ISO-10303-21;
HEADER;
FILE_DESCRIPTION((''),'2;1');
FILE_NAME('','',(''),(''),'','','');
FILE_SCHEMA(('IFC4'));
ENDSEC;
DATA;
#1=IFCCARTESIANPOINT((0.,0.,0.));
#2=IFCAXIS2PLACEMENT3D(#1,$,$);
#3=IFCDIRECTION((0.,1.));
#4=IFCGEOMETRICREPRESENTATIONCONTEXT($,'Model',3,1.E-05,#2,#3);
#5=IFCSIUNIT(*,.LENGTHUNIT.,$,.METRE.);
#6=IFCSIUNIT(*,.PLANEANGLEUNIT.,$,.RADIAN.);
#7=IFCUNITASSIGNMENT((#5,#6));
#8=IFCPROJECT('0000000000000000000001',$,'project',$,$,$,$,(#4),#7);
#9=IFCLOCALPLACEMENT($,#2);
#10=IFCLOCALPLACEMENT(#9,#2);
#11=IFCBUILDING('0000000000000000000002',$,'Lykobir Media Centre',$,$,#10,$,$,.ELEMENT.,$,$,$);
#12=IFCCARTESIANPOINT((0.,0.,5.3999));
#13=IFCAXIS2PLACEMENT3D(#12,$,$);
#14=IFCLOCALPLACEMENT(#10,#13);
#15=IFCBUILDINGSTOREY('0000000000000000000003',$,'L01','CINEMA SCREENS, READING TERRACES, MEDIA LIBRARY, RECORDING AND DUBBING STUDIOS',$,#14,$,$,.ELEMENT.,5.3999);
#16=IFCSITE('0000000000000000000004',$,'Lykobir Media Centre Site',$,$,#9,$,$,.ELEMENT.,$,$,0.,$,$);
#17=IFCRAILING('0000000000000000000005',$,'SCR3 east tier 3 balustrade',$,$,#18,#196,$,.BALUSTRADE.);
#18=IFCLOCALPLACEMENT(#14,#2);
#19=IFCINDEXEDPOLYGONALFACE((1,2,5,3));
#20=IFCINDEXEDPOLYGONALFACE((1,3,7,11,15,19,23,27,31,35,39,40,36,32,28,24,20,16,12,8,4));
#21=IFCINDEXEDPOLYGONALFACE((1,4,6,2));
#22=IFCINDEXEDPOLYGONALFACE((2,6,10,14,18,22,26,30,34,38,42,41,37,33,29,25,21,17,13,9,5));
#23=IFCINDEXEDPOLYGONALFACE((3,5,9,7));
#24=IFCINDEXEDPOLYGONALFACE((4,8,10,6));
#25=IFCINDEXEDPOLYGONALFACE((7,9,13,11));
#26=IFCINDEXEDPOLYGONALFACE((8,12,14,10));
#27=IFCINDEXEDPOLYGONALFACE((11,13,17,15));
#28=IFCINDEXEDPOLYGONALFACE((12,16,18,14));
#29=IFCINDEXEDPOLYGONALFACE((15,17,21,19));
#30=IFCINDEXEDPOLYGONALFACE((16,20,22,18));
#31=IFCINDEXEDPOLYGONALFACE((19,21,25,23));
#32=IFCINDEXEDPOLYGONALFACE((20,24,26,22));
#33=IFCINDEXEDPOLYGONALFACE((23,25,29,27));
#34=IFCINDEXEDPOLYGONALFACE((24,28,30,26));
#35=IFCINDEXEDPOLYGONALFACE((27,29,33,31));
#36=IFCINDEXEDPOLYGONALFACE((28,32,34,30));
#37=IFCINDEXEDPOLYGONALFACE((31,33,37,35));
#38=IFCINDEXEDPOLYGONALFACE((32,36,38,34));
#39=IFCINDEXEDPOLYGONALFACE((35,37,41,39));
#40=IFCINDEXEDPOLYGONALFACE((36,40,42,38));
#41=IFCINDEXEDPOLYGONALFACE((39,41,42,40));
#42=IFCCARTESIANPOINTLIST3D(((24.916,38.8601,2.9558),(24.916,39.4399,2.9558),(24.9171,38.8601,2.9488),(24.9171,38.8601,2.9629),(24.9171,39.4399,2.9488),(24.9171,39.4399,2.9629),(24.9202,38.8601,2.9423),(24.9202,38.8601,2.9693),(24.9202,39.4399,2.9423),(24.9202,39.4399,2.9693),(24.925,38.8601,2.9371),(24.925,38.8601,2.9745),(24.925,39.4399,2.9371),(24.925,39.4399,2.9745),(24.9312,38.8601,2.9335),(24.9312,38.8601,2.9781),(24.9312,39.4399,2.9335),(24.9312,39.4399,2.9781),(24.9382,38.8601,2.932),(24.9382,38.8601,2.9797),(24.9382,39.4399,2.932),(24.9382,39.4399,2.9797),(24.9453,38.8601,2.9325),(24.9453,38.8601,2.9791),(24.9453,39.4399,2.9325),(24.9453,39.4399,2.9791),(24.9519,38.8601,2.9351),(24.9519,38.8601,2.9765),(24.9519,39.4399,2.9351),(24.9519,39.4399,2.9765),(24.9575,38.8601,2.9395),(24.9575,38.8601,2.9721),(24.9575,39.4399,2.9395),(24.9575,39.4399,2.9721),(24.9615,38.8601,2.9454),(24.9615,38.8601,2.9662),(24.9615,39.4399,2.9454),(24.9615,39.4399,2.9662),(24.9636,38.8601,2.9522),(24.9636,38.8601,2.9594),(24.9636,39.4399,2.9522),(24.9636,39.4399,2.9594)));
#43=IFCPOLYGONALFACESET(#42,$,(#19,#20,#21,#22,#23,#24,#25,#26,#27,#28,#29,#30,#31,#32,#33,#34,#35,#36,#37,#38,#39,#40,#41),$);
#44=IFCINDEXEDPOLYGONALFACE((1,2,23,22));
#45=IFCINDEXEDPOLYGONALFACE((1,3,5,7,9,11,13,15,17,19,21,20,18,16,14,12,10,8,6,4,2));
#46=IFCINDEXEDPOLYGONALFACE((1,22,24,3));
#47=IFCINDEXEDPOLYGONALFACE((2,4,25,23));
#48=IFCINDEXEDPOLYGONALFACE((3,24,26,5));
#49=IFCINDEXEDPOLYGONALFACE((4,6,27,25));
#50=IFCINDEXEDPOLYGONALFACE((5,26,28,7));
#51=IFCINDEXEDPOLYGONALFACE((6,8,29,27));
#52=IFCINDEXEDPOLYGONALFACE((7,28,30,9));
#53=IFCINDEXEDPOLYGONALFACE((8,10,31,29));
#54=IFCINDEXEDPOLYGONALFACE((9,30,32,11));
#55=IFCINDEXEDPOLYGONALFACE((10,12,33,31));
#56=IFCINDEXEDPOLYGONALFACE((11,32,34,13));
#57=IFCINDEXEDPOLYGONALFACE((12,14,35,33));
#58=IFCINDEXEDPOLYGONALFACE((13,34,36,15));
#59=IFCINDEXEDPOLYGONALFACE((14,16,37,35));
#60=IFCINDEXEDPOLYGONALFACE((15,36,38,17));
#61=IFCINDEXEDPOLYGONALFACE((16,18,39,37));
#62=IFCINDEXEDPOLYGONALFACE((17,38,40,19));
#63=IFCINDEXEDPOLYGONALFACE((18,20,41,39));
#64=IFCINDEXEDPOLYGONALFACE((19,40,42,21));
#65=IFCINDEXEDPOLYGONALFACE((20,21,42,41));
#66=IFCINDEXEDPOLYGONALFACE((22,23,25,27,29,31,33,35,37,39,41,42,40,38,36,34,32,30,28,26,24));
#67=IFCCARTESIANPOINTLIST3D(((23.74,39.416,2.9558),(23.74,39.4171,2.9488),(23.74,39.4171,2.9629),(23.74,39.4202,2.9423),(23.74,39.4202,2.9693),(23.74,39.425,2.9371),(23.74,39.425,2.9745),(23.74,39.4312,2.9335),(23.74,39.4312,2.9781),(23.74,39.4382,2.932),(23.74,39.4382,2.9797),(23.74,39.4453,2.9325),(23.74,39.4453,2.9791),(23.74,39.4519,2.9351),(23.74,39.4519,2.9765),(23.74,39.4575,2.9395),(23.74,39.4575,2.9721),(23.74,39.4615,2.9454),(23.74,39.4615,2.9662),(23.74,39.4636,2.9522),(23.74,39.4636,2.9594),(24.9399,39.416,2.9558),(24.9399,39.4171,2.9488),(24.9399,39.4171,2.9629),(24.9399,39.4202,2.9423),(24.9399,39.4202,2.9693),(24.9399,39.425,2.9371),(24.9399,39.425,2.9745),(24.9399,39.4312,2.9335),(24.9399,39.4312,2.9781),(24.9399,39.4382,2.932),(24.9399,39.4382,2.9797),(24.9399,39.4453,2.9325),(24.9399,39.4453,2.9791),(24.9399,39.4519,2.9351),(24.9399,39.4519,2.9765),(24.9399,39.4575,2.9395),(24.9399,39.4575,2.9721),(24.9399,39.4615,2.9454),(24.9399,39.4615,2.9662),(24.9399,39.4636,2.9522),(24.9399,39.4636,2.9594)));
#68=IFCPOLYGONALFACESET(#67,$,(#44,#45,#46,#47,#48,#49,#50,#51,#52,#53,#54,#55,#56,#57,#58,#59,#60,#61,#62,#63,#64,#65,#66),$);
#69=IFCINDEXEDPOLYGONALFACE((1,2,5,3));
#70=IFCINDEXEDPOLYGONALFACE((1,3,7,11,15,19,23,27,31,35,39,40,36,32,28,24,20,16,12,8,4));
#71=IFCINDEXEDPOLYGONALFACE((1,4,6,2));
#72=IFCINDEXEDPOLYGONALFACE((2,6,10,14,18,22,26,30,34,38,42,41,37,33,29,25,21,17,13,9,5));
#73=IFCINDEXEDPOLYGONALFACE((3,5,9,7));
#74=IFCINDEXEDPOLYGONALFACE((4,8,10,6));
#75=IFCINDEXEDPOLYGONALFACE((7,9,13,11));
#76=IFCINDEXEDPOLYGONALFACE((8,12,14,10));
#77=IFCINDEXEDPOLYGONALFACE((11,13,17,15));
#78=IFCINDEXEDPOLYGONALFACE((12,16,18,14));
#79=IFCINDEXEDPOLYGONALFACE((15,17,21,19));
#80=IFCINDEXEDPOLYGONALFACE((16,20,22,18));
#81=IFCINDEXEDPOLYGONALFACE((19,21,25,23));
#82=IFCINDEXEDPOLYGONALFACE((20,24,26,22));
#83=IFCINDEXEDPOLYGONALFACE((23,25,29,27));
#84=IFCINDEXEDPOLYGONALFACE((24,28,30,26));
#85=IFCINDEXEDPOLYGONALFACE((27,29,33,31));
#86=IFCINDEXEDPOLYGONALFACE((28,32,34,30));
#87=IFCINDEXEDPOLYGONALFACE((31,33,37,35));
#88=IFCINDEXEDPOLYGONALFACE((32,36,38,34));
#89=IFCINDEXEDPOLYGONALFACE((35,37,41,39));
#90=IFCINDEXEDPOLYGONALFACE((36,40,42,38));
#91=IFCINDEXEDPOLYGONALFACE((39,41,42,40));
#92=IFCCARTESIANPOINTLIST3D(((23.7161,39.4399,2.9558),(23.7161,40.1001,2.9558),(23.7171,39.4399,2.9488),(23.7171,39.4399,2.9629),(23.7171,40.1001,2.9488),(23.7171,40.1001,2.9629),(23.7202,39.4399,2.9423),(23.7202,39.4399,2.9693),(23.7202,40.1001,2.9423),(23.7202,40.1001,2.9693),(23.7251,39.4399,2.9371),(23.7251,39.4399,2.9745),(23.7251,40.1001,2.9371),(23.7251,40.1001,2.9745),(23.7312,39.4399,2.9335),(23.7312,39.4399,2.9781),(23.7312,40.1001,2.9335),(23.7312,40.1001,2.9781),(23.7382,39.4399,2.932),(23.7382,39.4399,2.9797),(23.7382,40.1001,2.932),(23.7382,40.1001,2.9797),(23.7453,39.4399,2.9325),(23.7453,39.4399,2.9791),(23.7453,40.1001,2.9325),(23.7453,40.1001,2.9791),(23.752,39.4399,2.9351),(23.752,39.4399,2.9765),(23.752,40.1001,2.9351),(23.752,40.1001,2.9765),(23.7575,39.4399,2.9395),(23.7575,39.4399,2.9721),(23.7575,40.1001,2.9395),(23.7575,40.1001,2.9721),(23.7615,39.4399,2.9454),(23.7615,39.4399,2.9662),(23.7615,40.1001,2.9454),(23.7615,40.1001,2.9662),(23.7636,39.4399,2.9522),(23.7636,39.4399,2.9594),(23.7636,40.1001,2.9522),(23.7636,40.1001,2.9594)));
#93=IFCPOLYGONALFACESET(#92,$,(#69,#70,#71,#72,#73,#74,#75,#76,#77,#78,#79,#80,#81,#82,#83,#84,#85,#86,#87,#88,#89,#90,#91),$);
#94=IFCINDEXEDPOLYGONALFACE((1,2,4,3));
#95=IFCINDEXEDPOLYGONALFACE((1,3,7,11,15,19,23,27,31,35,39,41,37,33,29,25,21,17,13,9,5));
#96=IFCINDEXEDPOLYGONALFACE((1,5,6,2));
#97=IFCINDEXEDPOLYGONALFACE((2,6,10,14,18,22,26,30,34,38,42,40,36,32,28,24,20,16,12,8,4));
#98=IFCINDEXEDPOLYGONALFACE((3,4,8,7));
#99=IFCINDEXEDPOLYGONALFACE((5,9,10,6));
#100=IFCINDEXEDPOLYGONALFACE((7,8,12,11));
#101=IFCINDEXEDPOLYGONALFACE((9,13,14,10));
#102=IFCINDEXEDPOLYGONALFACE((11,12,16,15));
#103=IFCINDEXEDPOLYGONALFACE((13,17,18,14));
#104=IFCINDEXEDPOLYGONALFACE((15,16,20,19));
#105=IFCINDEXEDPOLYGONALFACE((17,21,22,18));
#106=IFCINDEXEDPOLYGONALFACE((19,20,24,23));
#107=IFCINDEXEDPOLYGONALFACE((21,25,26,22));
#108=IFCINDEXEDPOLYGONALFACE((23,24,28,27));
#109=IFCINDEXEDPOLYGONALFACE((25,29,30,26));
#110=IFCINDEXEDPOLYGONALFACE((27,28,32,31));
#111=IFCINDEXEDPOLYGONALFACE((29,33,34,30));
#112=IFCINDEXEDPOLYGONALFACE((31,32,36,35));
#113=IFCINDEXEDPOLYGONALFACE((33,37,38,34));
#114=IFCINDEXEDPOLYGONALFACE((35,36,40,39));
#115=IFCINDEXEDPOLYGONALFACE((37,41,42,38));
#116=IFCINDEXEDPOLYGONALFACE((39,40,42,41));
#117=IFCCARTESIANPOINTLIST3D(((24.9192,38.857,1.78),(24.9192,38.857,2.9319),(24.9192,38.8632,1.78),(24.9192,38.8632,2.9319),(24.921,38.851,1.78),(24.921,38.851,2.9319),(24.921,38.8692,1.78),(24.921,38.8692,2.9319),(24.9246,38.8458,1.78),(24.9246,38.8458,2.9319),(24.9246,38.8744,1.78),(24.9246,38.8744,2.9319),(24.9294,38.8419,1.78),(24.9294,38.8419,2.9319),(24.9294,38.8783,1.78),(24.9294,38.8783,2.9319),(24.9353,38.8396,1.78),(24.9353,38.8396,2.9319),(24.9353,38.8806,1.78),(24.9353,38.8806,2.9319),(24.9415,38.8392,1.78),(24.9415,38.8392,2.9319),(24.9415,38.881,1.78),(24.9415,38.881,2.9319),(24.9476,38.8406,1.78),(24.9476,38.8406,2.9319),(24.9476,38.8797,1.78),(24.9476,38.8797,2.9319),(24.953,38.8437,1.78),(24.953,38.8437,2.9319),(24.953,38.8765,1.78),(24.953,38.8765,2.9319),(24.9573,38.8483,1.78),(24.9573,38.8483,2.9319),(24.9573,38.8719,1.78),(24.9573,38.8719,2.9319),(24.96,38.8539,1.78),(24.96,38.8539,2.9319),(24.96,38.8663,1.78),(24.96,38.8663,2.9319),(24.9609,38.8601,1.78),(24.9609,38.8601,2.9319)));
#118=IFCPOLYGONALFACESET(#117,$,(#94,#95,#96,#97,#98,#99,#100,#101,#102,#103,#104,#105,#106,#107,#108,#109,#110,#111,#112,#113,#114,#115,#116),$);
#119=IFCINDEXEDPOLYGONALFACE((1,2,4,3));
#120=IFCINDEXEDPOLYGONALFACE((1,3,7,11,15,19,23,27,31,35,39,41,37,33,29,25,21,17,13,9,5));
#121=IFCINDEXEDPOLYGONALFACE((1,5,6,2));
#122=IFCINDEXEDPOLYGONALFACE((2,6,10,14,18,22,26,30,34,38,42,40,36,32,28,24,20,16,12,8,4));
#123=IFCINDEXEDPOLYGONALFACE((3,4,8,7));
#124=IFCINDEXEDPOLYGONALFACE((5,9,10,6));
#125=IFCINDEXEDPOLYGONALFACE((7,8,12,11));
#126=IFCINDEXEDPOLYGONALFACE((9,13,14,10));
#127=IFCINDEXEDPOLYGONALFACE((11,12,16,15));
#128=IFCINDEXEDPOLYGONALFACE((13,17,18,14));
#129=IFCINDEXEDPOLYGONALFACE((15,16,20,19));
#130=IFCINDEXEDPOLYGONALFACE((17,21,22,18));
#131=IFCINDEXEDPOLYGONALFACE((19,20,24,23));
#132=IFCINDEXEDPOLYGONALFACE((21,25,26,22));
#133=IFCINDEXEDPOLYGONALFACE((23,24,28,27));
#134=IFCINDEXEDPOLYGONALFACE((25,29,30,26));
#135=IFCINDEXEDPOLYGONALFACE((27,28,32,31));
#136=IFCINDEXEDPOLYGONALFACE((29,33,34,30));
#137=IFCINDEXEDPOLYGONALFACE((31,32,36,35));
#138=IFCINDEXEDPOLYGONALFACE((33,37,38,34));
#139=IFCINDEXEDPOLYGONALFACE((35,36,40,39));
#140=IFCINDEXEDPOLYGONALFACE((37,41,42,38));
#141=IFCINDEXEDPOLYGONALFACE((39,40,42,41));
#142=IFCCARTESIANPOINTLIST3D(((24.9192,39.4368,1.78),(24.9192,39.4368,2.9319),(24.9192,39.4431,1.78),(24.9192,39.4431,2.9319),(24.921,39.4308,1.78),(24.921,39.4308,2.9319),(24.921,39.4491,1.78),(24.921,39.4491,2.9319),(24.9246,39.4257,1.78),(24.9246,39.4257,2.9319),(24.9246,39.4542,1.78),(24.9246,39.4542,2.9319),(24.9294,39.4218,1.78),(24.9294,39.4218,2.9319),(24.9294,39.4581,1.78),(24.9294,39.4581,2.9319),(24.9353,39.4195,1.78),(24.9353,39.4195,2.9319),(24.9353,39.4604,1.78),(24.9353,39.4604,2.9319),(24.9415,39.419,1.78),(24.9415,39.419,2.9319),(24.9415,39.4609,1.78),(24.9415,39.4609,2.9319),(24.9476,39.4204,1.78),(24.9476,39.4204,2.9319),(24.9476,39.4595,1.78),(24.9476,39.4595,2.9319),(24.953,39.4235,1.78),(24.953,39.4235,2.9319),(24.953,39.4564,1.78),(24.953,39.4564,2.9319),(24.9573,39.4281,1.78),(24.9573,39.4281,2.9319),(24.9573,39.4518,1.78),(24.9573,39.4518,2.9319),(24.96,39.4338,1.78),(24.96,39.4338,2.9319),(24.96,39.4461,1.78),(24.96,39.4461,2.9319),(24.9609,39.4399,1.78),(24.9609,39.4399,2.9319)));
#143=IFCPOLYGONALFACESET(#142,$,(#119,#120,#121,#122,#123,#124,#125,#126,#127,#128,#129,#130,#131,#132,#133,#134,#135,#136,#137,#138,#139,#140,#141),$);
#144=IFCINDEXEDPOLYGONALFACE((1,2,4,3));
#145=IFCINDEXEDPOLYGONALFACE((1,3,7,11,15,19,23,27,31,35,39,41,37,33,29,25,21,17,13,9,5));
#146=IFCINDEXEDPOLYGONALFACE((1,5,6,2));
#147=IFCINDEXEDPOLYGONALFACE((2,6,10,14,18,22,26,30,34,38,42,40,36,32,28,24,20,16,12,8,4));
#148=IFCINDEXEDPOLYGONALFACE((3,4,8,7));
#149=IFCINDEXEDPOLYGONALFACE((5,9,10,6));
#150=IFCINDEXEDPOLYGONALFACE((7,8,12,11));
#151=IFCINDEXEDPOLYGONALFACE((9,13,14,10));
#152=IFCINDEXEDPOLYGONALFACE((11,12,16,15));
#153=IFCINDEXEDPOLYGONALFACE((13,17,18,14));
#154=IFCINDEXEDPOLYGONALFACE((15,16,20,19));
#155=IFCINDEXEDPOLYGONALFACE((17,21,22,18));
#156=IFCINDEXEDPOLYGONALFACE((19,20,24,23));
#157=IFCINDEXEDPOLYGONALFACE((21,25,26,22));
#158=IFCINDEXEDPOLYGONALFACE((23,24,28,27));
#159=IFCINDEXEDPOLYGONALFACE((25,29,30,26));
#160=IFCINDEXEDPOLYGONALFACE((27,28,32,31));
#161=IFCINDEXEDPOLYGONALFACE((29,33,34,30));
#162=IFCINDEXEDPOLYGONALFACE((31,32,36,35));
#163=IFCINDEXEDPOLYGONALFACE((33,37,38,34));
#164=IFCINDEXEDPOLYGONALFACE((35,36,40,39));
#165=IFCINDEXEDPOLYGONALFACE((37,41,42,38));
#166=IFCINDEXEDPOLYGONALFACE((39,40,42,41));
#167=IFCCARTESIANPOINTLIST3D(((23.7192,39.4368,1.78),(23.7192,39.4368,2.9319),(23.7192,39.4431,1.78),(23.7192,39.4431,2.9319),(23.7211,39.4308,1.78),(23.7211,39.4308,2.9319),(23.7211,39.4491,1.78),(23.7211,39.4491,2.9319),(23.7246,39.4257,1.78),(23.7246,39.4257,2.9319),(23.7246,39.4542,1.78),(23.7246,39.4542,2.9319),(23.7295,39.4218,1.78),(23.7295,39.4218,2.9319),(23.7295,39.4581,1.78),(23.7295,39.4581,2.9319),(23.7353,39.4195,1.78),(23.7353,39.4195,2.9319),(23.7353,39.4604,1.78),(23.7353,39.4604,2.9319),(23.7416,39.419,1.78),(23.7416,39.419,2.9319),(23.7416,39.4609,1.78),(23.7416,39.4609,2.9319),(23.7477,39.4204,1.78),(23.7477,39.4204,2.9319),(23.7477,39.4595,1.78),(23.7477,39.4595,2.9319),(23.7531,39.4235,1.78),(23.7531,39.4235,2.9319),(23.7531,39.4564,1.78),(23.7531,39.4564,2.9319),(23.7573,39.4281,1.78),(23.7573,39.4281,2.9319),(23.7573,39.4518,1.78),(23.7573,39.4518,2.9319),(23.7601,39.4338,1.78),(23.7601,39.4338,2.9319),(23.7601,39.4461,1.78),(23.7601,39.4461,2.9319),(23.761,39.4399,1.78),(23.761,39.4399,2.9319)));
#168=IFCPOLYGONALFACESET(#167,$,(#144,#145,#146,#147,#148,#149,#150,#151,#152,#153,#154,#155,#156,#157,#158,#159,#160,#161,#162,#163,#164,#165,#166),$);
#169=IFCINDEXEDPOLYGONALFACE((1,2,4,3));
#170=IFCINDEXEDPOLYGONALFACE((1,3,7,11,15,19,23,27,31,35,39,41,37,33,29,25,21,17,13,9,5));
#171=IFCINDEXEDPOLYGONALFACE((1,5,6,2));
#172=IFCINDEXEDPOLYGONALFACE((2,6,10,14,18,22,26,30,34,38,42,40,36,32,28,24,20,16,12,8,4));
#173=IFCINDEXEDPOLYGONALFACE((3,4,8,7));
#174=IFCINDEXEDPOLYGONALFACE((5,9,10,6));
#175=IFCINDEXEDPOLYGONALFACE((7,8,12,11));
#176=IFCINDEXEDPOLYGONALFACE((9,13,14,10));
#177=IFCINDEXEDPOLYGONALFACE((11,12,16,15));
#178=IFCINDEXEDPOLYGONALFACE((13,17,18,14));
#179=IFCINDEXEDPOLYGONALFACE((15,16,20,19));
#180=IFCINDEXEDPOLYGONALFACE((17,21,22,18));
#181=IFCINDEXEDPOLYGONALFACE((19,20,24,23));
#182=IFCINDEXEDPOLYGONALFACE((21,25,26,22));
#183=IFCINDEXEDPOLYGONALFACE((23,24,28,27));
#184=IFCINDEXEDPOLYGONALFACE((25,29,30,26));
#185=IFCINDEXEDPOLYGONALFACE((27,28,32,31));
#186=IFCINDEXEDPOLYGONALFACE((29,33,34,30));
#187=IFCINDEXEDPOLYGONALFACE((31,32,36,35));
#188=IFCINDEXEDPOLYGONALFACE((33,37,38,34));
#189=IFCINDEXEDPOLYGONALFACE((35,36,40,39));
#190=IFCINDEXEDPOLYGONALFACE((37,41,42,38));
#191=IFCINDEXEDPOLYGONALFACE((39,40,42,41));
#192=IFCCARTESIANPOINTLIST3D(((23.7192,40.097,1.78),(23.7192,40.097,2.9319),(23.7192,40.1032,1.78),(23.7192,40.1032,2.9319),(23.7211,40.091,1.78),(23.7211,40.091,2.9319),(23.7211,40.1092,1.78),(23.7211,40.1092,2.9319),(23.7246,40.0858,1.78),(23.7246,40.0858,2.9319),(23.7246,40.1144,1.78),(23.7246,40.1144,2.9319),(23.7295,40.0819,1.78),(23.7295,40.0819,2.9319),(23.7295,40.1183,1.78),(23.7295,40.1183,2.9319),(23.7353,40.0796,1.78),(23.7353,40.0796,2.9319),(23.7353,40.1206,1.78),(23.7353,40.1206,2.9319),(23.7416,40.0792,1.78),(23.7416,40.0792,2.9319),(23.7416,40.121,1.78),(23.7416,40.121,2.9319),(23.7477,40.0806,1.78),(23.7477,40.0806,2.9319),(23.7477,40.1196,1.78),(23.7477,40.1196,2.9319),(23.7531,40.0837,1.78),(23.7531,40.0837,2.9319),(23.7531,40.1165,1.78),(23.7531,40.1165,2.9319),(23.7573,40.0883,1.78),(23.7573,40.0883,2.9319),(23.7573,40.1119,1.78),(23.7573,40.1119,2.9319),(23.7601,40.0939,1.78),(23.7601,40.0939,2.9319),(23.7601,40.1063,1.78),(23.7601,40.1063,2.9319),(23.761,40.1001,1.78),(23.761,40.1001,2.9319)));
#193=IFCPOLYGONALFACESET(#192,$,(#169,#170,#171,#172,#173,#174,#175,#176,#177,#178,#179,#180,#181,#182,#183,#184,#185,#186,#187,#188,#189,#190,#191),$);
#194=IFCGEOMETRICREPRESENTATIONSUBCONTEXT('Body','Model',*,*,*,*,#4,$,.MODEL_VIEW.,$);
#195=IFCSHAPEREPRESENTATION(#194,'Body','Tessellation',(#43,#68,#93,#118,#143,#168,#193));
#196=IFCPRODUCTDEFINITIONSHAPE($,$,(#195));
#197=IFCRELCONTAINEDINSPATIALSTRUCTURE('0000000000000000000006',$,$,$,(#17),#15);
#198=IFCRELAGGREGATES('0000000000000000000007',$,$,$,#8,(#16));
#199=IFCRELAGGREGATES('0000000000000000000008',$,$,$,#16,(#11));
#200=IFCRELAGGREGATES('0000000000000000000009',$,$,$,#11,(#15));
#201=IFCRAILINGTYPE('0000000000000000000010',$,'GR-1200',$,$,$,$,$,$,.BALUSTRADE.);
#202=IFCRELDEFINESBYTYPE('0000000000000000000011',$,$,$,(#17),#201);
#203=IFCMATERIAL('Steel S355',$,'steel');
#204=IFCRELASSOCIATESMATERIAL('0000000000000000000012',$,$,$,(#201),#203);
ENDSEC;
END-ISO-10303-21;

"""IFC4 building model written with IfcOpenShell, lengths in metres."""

from ifc_helpers import new_model, si_unit, direction, frame, origin, origin_2d, place, context, subcontext, project, spatial, circle, extrude, material, type_object, element, save


model = new_model("IFC4")

# Units and contexts
model_context = context("Model", 3, precision=1e-05, world=origin(), true_north=direction((0.0, 1.0)))
body_context = subcontext(model_context, "Body", "Model", "MODEL_VIEW")
ifc_project = project(units=[si_unit("LENGTHUNIT", "METRE"), si_unit("PLANEANGLEUNIT", "RADIAN")], contexts=[model_context])

# Site, building, storey
site_placement = place(None, origin())
site = spatial("IfcSite", under=ifc_project, at=site_placement, Name="Lykobir Media Centre Site", CompositionType="ELEMENT", RefElevation=0.0)
building_placement = place(site_placement, origin())
building = spatial("IfcBuilding", under=site, at=building_placement, Name="Lykobir Media Centre", CompositionType="ELEMENT")
storey_placement = place(building_placement, frame((0.0, 0.0, 5.3999)))
storey = spatial("IfcBuildingStorey", under=building, at=storey_placement, Name="L01", Description="CINEMA SCREENS, READING TERRACES, MEDIA LIBRARY, RECORDING AND DUBBING STUDIOS", CompositionType="ELEMENT", Elevation=5.3999)

# Shared definitions
ifc_material = material(Name="Steel S355", Category="steel")

# Railing
railing_type = type_object("IfcRailingType", Name="GR-1200", PredefinedType="BALUSTRADE", material=ifc_material)
railing_1_placement = place(storey_placement, frame((24.9399, 38.8601, 1.78)))
element("IfcRailing", 1, at=railing_1_placement, inside=storey, type_object=railing_type, Name="SCR3 east tier 3 balustrade", PredefinedType="BALUSTRADE", context=body_context, shape_type="SweptSolid", body=[
    extrude(circle(Radius=0.0239, at=origin_2d()), frame((0.0, 0.0, 1.1758), z_axis=(0.0, 1.0, 0.0), x_axis=(-1.0, 0.0, 0.0)), (0.0, 0.0, 1.0), 0.5798),
    extrude(circle(Radius=0.0239, at=origin_2d()), frame((0.0, 0.5798, 1.1758), z_axis=(-1.0, 0.0, 0.0), x_axis=(0.0, -1.0, 0.0)), (0.0, 0.0, 1.0), 1.2),
    extrude(circle(Radius=0.0239, at=origin_2d()), frame((-1.2, 0.5798, 1.1758), z_axis=(0.0, 1.0, 0.0), x_axis=(-1.0, 0.0, 0.0)), (0.0, 0.0, 1.0), 0.6602),
    extrude(circle(Radius=0.021, at=origin_2d()), origin(), (0.0, 0.0, 1.0), 1.1519),
    extrude(circle(Radius=0.021, at=origin_2d()), frame((0.0, 0.5798, 0.0)), (0.0, 0.0, 1.0), 1.1519),
    extrude(circle(Radius=0.021, at=origin_2d()), frame((-1.2, 0.5798, 0.0)), (0.0, 0.0, 1.0), 1.1519),
    extrude(circle(Radius=0.021, at=origin_2d()), frame((-1.2, 1.24, 0.0)), (0.0, 0.0, 1.0), 1.1519),
])

save(model, "model.ifc")
